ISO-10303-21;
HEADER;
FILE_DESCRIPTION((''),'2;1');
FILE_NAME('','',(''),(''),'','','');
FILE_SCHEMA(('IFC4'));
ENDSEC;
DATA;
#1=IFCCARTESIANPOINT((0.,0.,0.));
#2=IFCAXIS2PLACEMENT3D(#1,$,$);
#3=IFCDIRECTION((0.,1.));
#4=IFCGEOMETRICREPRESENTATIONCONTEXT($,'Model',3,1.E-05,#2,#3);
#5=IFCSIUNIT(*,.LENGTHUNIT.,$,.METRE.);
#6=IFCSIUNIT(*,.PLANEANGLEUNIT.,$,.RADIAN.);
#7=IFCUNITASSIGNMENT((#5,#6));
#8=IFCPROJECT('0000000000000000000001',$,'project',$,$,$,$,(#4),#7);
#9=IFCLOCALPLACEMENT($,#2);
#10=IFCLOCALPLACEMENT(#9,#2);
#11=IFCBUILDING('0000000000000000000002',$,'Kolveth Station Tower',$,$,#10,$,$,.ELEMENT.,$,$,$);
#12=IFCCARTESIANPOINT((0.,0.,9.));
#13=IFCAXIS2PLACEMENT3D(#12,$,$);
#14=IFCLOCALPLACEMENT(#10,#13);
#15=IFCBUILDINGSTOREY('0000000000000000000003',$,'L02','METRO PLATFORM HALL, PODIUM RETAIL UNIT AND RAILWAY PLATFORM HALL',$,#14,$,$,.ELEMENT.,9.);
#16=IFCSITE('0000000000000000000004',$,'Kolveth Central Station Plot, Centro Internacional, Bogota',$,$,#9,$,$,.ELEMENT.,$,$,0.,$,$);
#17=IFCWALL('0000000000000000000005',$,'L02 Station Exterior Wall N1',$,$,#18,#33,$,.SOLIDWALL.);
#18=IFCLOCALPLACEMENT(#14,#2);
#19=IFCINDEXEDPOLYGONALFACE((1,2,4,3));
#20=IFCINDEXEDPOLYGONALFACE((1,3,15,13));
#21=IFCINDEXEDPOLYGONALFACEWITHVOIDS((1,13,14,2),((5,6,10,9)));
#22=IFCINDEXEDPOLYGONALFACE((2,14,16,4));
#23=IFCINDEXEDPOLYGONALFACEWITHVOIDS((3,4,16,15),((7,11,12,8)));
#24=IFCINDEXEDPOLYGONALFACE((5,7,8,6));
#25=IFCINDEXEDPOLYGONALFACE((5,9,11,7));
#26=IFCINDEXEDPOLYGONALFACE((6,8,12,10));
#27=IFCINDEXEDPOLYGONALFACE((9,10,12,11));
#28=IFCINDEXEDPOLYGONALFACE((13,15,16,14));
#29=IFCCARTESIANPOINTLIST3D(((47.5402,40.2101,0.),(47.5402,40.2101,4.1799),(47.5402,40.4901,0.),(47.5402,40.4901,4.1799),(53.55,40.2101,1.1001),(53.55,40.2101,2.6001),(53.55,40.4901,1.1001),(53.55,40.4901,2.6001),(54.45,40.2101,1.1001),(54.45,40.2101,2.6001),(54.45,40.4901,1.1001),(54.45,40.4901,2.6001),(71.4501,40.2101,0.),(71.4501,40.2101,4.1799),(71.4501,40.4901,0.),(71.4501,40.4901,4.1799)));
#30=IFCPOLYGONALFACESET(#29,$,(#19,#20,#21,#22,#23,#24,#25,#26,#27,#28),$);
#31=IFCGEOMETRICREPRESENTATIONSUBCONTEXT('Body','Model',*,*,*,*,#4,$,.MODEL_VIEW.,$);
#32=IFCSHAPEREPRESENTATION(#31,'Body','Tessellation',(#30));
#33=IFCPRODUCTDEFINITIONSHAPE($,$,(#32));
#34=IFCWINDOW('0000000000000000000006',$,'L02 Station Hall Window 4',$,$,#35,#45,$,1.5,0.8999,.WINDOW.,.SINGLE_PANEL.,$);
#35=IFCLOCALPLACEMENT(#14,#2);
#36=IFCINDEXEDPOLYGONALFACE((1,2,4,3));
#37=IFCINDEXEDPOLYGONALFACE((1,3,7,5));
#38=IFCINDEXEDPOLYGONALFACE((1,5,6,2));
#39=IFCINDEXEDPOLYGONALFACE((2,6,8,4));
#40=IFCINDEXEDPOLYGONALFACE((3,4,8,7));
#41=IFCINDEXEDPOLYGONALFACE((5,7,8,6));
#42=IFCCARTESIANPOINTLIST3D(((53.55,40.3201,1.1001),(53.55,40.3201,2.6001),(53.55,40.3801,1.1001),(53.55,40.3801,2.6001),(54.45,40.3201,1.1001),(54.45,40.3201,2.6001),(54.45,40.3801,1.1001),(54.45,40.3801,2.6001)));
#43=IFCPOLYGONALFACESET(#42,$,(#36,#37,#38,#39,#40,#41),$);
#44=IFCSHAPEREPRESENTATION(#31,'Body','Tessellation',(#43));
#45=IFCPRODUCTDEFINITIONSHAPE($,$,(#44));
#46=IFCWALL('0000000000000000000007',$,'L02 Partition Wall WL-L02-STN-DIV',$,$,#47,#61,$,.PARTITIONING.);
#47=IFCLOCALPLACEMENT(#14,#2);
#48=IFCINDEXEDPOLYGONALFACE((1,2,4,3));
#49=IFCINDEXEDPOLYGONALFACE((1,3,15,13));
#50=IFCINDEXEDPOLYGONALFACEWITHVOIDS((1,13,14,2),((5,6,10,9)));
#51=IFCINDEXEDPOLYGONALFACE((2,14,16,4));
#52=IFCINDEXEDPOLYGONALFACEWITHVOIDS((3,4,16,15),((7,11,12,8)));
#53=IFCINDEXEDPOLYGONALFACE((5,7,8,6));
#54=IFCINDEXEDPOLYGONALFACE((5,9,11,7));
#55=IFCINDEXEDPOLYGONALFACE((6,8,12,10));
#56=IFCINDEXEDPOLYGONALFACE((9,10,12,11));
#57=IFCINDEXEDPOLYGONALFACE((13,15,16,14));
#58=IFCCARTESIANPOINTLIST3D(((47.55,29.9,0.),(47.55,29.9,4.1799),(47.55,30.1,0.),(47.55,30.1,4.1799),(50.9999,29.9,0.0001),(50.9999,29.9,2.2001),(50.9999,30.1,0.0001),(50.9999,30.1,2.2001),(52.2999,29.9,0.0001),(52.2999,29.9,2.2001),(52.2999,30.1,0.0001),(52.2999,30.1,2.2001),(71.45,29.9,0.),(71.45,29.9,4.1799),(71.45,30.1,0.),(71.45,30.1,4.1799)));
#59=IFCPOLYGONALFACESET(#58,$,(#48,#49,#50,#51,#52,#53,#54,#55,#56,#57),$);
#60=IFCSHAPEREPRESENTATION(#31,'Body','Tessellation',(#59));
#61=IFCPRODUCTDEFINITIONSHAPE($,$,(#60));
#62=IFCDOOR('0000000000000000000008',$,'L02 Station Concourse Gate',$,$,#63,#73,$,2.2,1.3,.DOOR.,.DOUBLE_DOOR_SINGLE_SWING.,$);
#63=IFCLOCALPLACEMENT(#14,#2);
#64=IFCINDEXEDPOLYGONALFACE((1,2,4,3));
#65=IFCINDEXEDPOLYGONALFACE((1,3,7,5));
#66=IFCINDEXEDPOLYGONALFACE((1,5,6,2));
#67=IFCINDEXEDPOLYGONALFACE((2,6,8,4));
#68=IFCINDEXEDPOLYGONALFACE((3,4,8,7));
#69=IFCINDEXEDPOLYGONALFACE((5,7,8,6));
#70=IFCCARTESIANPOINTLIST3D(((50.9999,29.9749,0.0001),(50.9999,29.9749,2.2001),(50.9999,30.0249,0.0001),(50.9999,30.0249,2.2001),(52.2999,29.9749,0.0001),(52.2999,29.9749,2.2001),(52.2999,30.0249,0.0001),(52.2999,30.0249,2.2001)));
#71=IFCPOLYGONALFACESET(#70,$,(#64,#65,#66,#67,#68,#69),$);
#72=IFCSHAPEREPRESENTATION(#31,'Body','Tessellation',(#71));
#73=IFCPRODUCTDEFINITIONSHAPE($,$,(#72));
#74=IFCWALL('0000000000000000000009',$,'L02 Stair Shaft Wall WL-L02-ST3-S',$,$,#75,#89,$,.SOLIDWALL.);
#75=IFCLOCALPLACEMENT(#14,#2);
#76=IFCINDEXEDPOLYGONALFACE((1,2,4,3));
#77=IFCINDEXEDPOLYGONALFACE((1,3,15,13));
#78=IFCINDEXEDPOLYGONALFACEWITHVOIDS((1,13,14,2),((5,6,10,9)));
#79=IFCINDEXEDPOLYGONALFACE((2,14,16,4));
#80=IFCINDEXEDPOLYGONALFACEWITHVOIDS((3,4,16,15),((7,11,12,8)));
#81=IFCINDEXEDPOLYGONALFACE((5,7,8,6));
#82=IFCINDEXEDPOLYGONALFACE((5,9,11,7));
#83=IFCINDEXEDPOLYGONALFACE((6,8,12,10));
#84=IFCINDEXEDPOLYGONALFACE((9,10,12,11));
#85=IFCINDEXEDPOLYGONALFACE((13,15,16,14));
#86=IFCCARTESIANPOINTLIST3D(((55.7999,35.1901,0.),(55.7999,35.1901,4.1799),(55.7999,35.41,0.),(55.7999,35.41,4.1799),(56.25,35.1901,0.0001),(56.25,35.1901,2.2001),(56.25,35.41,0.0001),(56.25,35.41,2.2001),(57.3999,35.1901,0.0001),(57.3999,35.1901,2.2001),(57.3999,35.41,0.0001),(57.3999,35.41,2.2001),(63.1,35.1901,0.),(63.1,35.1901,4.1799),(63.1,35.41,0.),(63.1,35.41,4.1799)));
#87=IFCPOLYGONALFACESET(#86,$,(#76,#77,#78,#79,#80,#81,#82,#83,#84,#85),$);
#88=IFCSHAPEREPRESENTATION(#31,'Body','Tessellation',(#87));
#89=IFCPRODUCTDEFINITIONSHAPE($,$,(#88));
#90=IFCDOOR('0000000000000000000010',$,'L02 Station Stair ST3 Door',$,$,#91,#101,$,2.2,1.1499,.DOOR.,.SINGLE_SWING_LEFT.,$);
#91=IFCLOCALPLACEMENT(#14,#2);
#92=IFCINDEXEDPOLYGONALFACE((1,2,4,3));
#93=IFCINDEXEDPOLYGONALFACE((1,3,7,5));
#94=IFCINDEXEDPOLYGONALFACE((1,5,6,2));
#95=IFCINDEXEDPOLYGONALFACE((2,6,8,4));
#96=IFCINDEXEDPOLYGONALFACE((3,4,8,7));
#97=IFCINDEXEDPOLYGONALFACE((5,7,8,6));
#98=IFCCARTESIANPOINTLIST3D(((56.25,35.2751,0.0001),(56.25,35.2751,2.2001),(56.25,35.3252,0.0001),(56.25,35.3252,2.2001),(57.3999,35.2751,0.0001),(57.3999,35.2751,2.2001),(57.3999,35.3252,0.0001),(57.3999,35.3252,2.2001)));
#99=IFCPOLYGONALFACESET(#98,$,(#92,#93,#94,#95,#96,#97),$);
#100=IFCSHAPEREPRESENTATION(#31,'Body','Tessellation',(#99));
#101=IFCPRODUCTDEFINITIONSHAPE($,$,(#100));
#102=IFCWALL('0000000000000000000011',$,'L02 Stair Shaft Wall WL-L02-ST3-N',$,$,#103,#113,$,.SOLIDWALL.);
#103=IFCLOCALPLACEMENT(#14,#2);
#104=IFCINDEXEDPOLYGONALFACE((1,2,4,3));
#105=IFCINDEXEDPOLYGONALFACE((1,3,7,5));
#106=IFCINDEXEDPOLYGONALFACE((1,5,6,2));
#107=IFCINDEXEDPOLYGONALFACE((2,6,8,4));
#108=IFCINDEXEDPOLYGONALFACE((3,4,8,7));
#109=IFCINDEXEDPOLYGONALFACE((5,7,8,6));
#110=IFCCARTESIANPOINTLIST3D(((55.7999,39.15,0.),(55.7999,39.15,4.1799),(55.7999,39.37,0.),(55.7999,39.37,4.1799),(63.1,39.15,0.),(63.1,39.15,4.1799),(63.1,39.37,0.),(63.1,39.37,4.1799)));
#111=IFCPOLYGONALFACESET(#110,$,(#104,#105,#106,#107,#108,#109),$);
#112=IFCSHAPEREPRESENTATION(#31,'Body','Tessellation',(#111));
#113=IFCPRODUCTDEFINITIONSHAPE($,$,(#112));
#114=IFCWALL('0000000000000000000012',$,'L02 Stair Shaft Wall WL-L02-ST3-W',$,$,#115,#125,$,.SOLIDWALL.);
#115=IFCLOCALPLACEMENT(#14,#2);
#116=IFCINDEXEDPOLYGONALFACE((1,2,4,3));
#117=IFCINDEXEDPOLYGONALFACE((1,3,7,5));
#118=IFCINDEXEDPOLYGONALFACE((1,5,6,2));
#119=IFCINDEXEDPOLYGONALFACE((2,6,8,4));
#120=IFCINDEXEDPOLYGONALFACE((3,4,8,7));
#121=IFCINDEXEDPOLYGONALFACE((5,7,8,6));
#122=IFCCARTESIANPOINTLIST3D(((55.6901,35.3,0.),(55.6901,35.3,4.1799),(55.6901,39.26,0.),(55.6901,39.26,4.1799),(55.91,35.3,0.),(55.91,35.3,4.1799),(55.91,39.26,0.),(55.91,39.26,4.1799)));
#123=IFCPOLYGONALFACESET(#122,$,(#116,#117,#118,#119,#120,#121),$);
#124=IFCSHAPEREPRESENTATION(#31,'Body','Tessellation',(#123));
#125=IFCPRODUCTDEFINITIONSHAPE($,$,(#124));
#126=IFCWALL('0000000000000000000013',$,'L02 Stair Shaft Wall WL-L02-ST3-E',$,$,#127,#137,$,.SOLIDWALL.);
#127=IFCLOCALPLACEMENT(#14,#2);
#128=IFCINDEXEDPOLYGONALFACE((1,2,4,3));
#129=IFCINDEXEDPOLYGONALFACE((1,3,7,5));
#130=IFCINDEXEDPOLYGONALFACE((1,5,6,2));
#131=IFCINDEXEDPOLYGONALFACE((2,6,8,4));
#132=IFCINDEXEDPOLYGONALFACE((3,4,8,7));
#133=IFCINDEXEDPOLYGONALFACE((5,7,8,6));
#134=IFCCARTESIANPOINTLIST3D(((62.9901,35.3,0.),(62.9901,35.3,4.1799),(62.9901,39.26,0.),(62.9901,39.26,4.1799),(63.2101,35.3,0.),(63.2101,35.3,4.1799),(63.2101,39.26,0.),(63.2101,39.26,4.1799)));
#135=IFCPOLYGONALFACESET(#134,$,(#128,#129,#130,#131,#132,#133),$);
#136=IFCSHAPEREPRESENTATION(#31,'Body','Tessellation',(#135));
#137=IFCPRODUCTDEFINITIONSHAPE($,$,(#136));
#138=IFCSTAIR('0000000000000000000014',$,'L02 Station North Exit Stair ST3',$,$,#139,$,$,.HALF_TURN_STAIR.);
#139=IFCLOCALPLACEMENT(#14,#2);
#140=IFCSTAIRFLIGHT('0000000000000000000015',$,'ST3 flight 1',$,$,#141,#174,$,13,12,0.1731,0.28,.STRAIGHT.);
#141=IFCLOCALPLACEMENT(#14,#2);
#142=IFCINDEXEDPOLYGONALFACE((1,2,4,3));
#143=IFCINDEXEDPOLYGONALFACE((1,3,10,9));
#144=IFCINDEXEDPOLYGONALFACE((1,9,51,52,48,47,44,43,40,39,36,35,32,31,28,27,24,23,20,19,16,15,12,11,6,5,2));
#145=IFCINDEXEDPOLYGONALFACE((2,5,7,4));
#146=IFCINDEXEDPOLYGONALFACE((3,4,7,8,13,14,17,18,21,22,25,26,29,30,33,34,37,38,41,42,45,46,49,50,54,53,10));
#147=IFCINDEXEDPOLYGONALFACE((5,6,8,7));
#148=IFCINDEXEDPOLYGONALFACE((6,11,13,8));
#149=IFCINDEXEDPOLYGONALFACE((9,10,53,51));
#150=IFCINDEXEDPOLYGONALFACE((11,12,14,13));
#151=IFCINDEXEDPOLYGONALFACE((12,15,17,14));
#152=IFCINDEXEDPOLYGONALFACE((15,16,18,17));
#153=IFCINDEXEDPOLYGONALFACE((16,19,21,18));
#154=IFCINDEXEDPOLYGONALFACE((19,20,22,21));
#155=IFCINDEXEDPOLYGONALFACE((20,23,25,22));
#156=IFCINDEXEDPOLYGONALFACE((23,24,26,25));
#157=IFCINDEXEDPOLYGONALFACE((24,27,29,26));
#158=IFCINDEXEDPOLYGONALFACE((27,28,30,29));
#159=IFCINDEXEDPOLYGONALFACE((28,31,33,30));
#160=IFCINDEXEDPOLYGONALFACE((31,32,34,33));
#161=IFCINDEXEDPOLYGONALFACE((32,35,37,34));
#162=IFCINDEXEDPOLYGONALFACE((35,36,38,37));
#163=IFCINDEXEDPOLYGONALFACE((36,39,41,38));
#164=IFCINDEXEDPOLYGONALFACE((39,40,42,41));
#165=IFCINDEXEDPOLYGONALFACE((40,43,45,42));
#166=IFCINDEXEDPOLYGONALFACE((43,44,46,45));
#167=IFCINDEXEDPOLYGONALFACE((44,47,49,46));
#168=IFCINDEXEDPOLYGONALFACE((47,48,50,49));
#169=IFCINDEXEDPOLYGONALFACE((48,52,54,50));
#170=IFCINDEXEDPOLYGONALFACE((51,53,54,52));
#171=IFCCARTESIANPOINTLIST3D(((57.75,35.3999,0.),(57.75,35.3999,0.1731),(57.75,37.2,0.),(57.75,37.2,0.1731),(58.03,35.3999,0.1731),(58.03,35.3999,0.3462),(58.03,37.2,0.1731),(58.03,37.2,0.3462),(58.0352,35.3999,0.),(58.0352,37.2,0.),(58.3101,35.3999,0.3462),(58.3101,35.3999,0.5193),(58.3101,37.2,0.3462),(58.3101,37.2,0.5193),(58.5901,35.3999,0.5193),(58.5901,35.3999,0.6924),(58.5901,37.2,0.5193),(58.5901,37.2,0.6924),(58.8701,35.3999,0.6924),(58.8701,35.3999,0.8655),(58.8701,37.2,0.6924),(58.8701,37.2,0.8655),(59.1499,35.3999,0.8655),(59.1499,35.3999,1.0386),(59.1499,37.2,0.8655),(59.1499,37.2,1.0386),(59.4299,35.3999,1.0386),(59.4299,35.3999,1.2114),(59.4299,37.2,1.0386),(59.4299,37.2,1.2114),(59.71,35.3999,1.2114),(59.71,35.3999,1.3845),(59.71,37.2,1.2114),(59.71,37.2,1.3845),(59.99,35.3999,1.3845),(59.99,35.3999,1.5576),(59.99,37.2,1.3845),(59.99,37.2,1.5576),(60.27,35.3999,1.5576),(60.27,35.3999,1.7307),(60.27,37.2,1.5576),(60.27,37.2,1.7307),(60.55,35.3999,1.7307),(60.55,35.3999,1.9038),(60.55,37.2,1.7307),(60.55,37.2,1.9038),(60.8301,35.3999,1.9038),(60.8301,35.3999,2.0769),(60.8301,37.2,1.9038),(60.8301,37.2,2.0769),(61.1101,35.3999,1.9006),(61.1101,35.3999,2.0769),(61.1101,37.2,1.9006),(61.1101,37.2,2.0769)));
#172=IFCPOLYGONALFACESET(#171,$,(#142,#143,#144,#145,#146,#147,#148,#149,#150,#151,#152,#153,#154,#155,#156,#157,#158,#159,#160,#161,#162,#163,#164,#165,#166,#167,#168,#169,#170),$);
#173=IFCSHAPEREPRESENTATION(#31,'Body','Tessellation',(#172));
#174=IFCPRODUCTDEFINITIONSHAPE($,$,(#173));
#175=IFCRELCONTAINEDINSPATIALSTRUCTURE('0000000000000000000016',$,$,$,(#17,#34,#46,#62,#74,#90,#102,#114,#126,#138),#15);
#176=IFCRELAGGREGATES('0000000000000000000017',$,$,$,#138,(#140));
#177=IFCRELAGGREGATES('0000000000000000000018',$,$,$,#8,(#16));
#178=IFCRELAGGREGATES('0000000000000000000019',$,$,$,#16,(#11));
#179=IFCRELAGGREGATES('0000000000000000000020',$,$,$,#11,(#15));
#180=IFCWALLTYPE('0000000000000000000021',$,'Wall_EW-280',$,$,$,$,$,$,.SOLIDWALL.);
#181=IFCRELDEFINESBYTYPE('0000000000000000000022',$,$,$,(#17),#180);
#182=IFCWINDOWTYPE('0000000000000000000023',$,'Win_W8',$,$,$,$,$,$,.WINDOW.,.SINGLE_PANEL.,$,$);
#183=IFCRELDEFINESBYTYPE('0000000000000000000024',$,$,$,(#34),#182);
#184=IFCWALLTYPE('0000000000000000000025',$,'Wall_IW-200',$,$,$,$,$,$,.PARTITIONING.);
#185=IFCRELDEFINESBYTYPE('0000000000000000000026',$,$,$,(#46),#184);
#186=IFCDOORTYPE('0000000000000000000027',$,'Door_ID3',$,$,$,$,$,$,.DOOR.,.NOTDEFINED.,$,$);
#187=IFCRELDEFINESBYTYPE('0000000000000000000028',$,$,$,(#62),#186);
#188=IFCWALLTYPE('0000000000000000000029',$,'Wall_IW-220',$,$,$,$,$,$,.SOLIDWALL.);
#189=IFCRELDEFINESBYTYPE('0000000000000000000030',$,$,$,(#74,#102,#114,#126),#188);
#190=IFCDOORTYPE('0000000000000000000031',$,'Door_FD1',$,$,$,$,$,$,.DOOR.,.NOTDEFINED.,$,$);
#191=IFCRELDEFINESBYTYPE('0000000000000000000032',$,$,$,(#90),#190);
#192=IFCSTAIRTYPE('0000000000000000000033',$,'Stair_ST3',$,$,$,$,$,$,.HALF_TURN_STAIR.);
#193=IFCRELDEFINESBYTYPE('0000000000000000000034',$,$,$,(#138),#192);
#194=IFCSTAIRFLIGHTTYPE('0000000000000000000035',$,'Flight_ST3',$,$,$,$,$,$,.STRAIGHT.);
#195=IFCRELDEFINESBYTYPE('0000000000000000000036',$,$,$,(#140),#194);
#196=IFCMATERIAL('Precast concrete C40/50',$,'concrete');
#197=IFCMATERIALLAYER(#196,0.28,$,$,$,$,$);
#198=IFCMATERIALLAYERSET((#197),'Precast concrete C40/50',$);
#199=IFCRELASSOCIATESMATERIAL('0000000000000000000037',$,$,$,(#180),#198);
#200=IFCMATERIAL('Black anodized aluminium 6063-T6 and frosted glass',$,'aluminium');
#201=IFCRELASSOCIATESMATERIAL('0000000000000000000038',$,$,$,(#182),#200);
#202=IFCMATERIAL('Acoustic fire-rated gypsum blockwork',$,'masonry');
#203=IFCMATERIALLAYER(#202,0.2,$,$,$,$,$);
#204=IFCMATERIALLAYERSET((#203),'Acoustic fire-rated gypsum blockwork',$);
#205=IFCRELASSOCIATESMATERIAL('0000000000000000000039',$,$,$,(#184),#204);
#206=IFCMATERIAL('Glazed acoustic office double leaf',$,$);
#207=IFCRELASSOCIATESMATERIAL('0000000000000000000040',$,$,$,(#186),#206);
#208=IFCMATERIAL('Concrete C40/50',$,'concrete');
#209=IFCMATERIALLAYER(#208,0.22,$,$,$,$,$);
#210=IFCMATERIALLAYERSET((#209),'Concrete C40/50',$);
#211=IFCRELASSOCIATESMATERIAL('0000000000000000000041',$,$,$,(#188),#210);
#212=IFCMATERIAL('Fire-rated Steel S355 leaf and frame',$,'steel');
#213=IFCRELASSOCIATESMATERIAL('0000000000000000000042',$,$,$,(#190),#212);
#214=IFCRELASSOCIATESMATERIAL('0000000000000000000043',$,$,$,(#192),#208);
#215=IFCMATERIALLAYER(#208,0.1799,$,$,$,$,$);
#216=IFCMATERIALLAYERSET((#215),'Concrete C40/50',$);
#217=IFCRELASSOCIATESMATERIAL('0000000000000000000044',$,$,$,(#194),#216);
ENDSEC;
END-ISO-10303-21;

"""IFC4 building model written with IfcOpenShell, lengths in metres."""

from ifc_helpers import new_model, si_unit, direction, frame, frame_2d, origin, place, context, subcontext, project, spatial, polyline, rectangle, outline, extrude, material, layer, layer_set, type_object, element, fill, aggregate, save


model = new_model("IFC4")

# Units and contexts
model_context = context("Model", 3, precision=1e-05, world=origin(), true_north=direction((0.0, 1.0)))
body_context = subcontext(model_context, "Body", "Model", "MODEL_VIEW")
ifc_project = project(units=[si_unit("LENGTHUNIT", "METRE"), si_unit("PLANEANGLEUNIT", "RADIAN")], contexts=[model_context])

# Site, building, storey
site_placement = place(None, origin())
site = spatial("IfcSite", under=ifc_project, at=site_placement, Name="Kolveth Central Station Plot, Centro Internacional, Bogota", CompositionType="ELEMENT", RefElevation=0.0)
building_placement = place(site_placement, origin())
building = spatial("IfcBuilding", under=site, at=building_placement, Name="Kolveth Station Tower", CompositionType="ELEMENT")
storey_placement = place(building_placement, frame((0.0, 0.0, 9.0)))
storey = spatial("IfcBuildingStorey", under=building, at=storey_placement, Name="L02", Description="METRO PLATFORM HALL, PODIUM RETAIL UNIT AND RAILWAY PLATFORM HALL", CompositionType="ELEMENT", Elevation=9.0)

# Shared definitions
ifc_material_1 = material(Name="Precast concrete C40/50", Category="concrete")
ifc_layer_1 = layer(ifc_material_1, 0.28)
ifc_layer_set_1 = layer_set([ifc_layer_1], Name="Precast concrete C40/50")
wall_type_1 = type_object("IfcWallType", Name="Wall_EW-280", PredefinedType="SOLIDWALL", material=ifc_layer_set_1)

# Wall, opening, window
wall_1_placement = place(storey_placement, frame((47.54, 40.3501, 0.0), z_axis=(0.0, 0.0, 1.0), x_axis=(1.0, 0.0, 0.0)))
wall_1 = element("IfcWall", 1, at=wall_1_placement, inside=storey, type_object=wall_type_1, Name="L02 Station Exterior Wall N1", PredefinedType="SOLIDWALL", context=body_context, shape_type="SweptSolid", body=[
    extrude(rectangle(XDim=23.9099, YDim=0.28, at=frame_2d((11.9551, 0.0))), origin(), (0.0, 0.0, 1.0), 4.1799),
])
opening_1_placement = place(wall_1_placement, frame((6.01, 0.0, 1.1001)))
opening_1 = element("IfcOpeningElement", 2, at=opening_1_placement, cuts=wall_1, PredefinedType="OPENING", context=body_context, shape_type="SweptSolid", body=[
    extrude(rectangle(XDim=0.8999, YDim=1.5, at=frame_2d((0.45, 0.75))), frame((0.0, 0.1499, 0.0), z_axis=(0.0, -1.0, 0.0), x_axis=(1.0, 0.0, 0.0)), (0.0, 0.0, 1.0), 0.3),
])
ifc_material_2 = material(Name="Black anodized aluminium 6063-T6 and frosted glass", Category="aluminium")
window_type = type_object("IfcWindowType", Name="Win_W8", PartitioningType="SINGLE_PANEL", PredefinedType="WINDOW", material=ifc_material_2)
window_placement = place(opening_1_placement, origin())
window = element("IfcWindow", 3, at=window_placement, inside=storey, type_object=window_type, Name="L02 Station Hall Window 4", OverallHeight=1.5, OverallWidth=0.8999, PartitioningType="SINGLE_PANEL", PredefinedType="WINDOW", context=body_context, shape_type="SweptSolid", body=[
    extrude(rectangle(XDim=0.8999, YDim=1.5, at=frame_2d((0.45, 0.75))), frame((0.0, 0.03, 0.0), z_axis=(0.0, -1.0, 0.0), x_axis=(1.0, 0.0, 0.0)), (0.0, 0.0, 1.0), 0.0601),
])
fill(opening_1, window)

# Walls, openings, doors
ifc_material_3 = material(Name="Acoustic fire-rated gypsum blockwork", Category="masonry")
ifc_layer_2 = layer(ifc_material_3, 0.2)
ifc_layer_set_2 = layer_set([ifc_layer_2], Name="Acoustic fire-rated gypsum blockwork")
wall_type_2 = type_object("IfcWallType", Name="Wall_IW-200", PredefinedType="PARTITIONING", material=ifc_layer_set_2)
wall_2_placement = place(storey_placement, frame((47.55, 30.0, 0.0), z_axis=(0.0, 0.0, 1.0), x_axis=(1.0, 0.0, 0.0)))
wall_2 = element("IfcWall", 4, at=wall_2_placement, inside=storey, type_object=wall_type_2, Name="L02 Partition Wall WL-L02-STN-DIV", PredefinedType="PARTITIONING", context=body_context, shape_type="SweptSolid", body=[
    extrude(rectangle(XDim=23.8999, YDim=0.2, at=frame_2d((11.95, 0.0))), origin(), (0.0, 0.0, 1.0), 4.1799),
])
opening_2_placement = place(wall_2_placement, frame((3.45, 0.0, 0.0)))
opening_2 = element("IfcOpeningElement", 5, at=opening_2_placement, cuts=wall_2, PredefinedType="OPENING", context=body_context, shape_type="SweptSolid", body=[
    extrude(rectangle(XDim=1.3, YDim=2.2, at=frame_2d((0.6499, 1.1001))), frame((0.0, 0.1099, 0.0), z_axis=(0.0, -1.0, 0.0), x_axis=(1.0, 0.0, 0.0)), (0.0, 0.0, 1.0), 0.22),
])
ifc_material_4 = material(Name="Glazed acoustic office double leaf")
door_type_1 = type_object("IfcDoorType", Name="Door_ID3", OperationType="NOTDEFINED", PredefinedType="DOOR", material=ifc_material_4)
door_1_placement = place(opening_2_placement, origin())
door_1 = element("IfcDoor", 6, at=door_1_placement, inside=storey, type_object=door_type_1, Name="L02 Station Concourse Gate", OperationType="DOUBLE_DOOR_SINGLE_SWING", OverallHeight=2.2, OverallWidth=1.3, PredefinedType="DOOR", context=body_context, shape_type="SweptSolid", body=[
    extrude(rectangle(XDim=1.3, YDim=2.2, at=frame_2d((0.6499, 1.1001))), frame((0.0, 0.0249, 0.0), z_axis=(0.0, -1.0, 0.0), x_axis=(1.0, 0.0, 0.0)), (0.0, 0.0, 1.0), 0.05),
])
fill(opening_2, door_1)
ifc_material_5 = material(Name="Concrete C40/50", Category="concrete")
ifc_layer_3 = layer(ifc_material_5, 0.22)
ifc_layer_set_3 = layer_set([ifc_layer_3], Name="Concrete C40/50")
wall_type_3 = type_object("IfcWallType", Name="Wall_IW-220", PredefinedType="SOLIDWALL", material=ifc_layer_set_3)
wall_3_placement = place(storey_placement, frame((55.8, 35.3, 0.0), z_axis=(0.0, 0.0, 1.0), x_axis=(1.0, 0.0, 0.0)))
wall_3 = element("IfcWall", 7, at=wall_3_placement, inside=storey, type_object=wall_type_3, Name="L02 Stair Shaft Wall WL-L02-ST3-S", PredefinedType="SOLIDWALL", context=body_context, shape_type="SweptSolid", body=[
    extrude(rectangle(XDim=7.3, YDim=0.22, at=frame_2d((3.6499, 0.0))), origin(), (0.0, 0.0, 1.0), 4.1799),
])
opening_3_placement = place(wall_3_placement, frame((0.45, 0.0, 0.0)))
opening_3 = element("IfcOpeningElement", 8, at=opening_3_placement, cuts=wall_3, PredefinedType="OPENING", context=body_context, shape_type="SweptSolid", body=[
    extrude(rectangle(XDim=1.1499, YDim=2.2, at=frame_2d((0.575, 1.1001))), frame((0.0, 0.1199, 0.0), z_axis=(0.0, -1.0, 0.0), x_axis=(1.0, 0.0, 0.0)), (0.0, 0.0, 1.0), 0.24),
])
ifc_material_6 = material(Name="Fire-rated Steel S355 leaf and frame", Category="steel")
door_type_2 = type_object("IfcDoorType", Name="Door_FD1", OperationType="NOTDEFINED", PredefinedType="DOOR", material=ifc_material_6)
door_2_placement = place(opening_3_placement, frame((1.1499, 0.0, 0.0), z_axis=(0.0, 0.0, 1.0), x_axis=(-1.0, 0.0, 0.0)))
door_2 = element("IfcDoor", 9, at=door_2_placement, inside=storey, type_object=door_type_2, Name="L02 Station Stair ST3 Door", OperationType="SINGLE_SWING_LEFT", OverallHeight=2.2, OverallWidth=1.1499, PredefinedType="DOOR", context=body_context, shape_type="SweptSolid", body=[
    extrude(rectangle(XDim=1.1499, YDim=2.2, at=frame_2d((0.575, 1.1001))), frame((0.0, 0.0249, 0.0), z_axis=(0.0, -1.0, 0.0), x_axis=(1.0, 0.0, 0.0)), (0.0, 0.0, 1.0), 0.05),
])
fill(opening_3, door_2)

# Walls
wall_4_placement = place(storey_placement, frame((55.8, 39.26, 0.0), z_axis=(0.0, 0.0, 1.0), x_axis=(1.0, 0.0, 0.0)))
element("IfcWall", 10, at=wall_4_placement, inside=storey, type_object=wall_type_3, Name="L02 Stair Shaft Wall WL-L02-ST3-N", PredefinedType="SOLIDWALL", context=body_context, shape_type="SweptSolid", body=[
    extrude(rectangle(XDim=7.3, YDim=0.22, at=frame_2d((3.6499, 0.0))), origin(), (0.0, 0.0, 1.0), 4.1799),
])
for number, where, z_axis, x_axis, name in (
    (11, (55.8, 35.3, 0.0), (0.0, 0.0, 1.0), (0.0, 1.0, 0.0), "L02 Stair Shaft Wall WL-L02-ST3-W"),
    (12, (63.1001, 35.3, 0.0), (0.0, 0.0, 1.0), (0.0, 1.0, 0.0), "L02 Stair Shaft Wall WL-L02-ST3-E"),
):
    element("IfcWall", number, at=place(storey_placement, frame(where, z_axis=z_axis, x_axis=x_axis)), inside=storey, type_object=wall_type_3, Name=name, PredefinedType="SOLIDWALL", context=body_context, shape_type="SweptSolid", body=[
        extrude(rectangle(XDim=3.96, YDim=0.22, at=frame_2d((1.98, 0.0))), origin(), (0.0, 0.0, 1.0), 4.1799),
    ])

# Stair, stair flight
stair_type = type_object("IfcStairType", Name="Stair_ST3", PredefinedType="HALF_TURN_STAIR", material=ifc_material_5)
stair_placement = place(storey_placement, origin())
stair = element("IfcStair", 13, at=stair_placement, inside=storey, type_object=stair_type, Name="L02 Station North Exit Stair ST3", PredefinedType="HALF_TURN_STAIR")
ifc_layer_4 = layer(ifc_material_5, 0.1799)
ifc_layer_set_4 = layer_set([ifc_layer_4], Name="Concrete C40/50")
stair_flight_type = type_object("IfcStairFlightType", Name="Flight_ST3", PredefinedType="STRAIGHT", material=ifc_layer_set_4)
stair_flight_1_placement = place(storey_placement, frame((57.75, 36.3, 0.0), z_axis=(0.0, 0.0, 1.0), x_axis=(1.0, 0.0, 0.0)))
stair_flight_1 = element("IfcStairFlight", 14, at=stair_flight_1_placement, type_object=stair_flight_type, Name="ST3 flight 1", NumberOfRisers=13, NumberOfTreads=12, PredefinedType="STRAIGHT", RiserHeight=0.1731, TreadLength=0.28, context=body_context, shape_type="SweptSolid", body=[
    extrude(outline(polyline([(0.0, 0.0), (0.0, 0.1731), (0.28, 0.1731), (0.28, 0.3462), (0.5601, 0.3462), (0.5601, 0.5193), (0.8401, 0.5193), (0.8401, 0.6924), (1.1201, 0.6924), (1.1201, 0.8655), (1.3999, 0.8655), (1.3999, 1.0386), (1.6799, 1.0386), (1.6799, 1.2114), (1.96, 1.2114), (1.96, 1.3845), (2.24, 1.3845), (2.24, 1.5576), (2.52, 1.5576), (2.52, 1.7307), (2.8, 1.7307), (2.8, 1.9038), (3.0801, 1.9038), (3.0801, 2.0769), (3.3601, 2.0769), (3.3601, 2.25), (3.3601, 1.9006), (0.2852, 0.0), (0.0, 0.0)])), frame((0.0, 0.8999, 0.0), z_axis=(0.0, -1.0, 0.0), x_axis=(1.0, 0.0, 0.0)), (0.0, 0.0, 1.0), 1.8),
])
aggregate(stair, [stair_flight_1])

save(model, "model.ifc")
